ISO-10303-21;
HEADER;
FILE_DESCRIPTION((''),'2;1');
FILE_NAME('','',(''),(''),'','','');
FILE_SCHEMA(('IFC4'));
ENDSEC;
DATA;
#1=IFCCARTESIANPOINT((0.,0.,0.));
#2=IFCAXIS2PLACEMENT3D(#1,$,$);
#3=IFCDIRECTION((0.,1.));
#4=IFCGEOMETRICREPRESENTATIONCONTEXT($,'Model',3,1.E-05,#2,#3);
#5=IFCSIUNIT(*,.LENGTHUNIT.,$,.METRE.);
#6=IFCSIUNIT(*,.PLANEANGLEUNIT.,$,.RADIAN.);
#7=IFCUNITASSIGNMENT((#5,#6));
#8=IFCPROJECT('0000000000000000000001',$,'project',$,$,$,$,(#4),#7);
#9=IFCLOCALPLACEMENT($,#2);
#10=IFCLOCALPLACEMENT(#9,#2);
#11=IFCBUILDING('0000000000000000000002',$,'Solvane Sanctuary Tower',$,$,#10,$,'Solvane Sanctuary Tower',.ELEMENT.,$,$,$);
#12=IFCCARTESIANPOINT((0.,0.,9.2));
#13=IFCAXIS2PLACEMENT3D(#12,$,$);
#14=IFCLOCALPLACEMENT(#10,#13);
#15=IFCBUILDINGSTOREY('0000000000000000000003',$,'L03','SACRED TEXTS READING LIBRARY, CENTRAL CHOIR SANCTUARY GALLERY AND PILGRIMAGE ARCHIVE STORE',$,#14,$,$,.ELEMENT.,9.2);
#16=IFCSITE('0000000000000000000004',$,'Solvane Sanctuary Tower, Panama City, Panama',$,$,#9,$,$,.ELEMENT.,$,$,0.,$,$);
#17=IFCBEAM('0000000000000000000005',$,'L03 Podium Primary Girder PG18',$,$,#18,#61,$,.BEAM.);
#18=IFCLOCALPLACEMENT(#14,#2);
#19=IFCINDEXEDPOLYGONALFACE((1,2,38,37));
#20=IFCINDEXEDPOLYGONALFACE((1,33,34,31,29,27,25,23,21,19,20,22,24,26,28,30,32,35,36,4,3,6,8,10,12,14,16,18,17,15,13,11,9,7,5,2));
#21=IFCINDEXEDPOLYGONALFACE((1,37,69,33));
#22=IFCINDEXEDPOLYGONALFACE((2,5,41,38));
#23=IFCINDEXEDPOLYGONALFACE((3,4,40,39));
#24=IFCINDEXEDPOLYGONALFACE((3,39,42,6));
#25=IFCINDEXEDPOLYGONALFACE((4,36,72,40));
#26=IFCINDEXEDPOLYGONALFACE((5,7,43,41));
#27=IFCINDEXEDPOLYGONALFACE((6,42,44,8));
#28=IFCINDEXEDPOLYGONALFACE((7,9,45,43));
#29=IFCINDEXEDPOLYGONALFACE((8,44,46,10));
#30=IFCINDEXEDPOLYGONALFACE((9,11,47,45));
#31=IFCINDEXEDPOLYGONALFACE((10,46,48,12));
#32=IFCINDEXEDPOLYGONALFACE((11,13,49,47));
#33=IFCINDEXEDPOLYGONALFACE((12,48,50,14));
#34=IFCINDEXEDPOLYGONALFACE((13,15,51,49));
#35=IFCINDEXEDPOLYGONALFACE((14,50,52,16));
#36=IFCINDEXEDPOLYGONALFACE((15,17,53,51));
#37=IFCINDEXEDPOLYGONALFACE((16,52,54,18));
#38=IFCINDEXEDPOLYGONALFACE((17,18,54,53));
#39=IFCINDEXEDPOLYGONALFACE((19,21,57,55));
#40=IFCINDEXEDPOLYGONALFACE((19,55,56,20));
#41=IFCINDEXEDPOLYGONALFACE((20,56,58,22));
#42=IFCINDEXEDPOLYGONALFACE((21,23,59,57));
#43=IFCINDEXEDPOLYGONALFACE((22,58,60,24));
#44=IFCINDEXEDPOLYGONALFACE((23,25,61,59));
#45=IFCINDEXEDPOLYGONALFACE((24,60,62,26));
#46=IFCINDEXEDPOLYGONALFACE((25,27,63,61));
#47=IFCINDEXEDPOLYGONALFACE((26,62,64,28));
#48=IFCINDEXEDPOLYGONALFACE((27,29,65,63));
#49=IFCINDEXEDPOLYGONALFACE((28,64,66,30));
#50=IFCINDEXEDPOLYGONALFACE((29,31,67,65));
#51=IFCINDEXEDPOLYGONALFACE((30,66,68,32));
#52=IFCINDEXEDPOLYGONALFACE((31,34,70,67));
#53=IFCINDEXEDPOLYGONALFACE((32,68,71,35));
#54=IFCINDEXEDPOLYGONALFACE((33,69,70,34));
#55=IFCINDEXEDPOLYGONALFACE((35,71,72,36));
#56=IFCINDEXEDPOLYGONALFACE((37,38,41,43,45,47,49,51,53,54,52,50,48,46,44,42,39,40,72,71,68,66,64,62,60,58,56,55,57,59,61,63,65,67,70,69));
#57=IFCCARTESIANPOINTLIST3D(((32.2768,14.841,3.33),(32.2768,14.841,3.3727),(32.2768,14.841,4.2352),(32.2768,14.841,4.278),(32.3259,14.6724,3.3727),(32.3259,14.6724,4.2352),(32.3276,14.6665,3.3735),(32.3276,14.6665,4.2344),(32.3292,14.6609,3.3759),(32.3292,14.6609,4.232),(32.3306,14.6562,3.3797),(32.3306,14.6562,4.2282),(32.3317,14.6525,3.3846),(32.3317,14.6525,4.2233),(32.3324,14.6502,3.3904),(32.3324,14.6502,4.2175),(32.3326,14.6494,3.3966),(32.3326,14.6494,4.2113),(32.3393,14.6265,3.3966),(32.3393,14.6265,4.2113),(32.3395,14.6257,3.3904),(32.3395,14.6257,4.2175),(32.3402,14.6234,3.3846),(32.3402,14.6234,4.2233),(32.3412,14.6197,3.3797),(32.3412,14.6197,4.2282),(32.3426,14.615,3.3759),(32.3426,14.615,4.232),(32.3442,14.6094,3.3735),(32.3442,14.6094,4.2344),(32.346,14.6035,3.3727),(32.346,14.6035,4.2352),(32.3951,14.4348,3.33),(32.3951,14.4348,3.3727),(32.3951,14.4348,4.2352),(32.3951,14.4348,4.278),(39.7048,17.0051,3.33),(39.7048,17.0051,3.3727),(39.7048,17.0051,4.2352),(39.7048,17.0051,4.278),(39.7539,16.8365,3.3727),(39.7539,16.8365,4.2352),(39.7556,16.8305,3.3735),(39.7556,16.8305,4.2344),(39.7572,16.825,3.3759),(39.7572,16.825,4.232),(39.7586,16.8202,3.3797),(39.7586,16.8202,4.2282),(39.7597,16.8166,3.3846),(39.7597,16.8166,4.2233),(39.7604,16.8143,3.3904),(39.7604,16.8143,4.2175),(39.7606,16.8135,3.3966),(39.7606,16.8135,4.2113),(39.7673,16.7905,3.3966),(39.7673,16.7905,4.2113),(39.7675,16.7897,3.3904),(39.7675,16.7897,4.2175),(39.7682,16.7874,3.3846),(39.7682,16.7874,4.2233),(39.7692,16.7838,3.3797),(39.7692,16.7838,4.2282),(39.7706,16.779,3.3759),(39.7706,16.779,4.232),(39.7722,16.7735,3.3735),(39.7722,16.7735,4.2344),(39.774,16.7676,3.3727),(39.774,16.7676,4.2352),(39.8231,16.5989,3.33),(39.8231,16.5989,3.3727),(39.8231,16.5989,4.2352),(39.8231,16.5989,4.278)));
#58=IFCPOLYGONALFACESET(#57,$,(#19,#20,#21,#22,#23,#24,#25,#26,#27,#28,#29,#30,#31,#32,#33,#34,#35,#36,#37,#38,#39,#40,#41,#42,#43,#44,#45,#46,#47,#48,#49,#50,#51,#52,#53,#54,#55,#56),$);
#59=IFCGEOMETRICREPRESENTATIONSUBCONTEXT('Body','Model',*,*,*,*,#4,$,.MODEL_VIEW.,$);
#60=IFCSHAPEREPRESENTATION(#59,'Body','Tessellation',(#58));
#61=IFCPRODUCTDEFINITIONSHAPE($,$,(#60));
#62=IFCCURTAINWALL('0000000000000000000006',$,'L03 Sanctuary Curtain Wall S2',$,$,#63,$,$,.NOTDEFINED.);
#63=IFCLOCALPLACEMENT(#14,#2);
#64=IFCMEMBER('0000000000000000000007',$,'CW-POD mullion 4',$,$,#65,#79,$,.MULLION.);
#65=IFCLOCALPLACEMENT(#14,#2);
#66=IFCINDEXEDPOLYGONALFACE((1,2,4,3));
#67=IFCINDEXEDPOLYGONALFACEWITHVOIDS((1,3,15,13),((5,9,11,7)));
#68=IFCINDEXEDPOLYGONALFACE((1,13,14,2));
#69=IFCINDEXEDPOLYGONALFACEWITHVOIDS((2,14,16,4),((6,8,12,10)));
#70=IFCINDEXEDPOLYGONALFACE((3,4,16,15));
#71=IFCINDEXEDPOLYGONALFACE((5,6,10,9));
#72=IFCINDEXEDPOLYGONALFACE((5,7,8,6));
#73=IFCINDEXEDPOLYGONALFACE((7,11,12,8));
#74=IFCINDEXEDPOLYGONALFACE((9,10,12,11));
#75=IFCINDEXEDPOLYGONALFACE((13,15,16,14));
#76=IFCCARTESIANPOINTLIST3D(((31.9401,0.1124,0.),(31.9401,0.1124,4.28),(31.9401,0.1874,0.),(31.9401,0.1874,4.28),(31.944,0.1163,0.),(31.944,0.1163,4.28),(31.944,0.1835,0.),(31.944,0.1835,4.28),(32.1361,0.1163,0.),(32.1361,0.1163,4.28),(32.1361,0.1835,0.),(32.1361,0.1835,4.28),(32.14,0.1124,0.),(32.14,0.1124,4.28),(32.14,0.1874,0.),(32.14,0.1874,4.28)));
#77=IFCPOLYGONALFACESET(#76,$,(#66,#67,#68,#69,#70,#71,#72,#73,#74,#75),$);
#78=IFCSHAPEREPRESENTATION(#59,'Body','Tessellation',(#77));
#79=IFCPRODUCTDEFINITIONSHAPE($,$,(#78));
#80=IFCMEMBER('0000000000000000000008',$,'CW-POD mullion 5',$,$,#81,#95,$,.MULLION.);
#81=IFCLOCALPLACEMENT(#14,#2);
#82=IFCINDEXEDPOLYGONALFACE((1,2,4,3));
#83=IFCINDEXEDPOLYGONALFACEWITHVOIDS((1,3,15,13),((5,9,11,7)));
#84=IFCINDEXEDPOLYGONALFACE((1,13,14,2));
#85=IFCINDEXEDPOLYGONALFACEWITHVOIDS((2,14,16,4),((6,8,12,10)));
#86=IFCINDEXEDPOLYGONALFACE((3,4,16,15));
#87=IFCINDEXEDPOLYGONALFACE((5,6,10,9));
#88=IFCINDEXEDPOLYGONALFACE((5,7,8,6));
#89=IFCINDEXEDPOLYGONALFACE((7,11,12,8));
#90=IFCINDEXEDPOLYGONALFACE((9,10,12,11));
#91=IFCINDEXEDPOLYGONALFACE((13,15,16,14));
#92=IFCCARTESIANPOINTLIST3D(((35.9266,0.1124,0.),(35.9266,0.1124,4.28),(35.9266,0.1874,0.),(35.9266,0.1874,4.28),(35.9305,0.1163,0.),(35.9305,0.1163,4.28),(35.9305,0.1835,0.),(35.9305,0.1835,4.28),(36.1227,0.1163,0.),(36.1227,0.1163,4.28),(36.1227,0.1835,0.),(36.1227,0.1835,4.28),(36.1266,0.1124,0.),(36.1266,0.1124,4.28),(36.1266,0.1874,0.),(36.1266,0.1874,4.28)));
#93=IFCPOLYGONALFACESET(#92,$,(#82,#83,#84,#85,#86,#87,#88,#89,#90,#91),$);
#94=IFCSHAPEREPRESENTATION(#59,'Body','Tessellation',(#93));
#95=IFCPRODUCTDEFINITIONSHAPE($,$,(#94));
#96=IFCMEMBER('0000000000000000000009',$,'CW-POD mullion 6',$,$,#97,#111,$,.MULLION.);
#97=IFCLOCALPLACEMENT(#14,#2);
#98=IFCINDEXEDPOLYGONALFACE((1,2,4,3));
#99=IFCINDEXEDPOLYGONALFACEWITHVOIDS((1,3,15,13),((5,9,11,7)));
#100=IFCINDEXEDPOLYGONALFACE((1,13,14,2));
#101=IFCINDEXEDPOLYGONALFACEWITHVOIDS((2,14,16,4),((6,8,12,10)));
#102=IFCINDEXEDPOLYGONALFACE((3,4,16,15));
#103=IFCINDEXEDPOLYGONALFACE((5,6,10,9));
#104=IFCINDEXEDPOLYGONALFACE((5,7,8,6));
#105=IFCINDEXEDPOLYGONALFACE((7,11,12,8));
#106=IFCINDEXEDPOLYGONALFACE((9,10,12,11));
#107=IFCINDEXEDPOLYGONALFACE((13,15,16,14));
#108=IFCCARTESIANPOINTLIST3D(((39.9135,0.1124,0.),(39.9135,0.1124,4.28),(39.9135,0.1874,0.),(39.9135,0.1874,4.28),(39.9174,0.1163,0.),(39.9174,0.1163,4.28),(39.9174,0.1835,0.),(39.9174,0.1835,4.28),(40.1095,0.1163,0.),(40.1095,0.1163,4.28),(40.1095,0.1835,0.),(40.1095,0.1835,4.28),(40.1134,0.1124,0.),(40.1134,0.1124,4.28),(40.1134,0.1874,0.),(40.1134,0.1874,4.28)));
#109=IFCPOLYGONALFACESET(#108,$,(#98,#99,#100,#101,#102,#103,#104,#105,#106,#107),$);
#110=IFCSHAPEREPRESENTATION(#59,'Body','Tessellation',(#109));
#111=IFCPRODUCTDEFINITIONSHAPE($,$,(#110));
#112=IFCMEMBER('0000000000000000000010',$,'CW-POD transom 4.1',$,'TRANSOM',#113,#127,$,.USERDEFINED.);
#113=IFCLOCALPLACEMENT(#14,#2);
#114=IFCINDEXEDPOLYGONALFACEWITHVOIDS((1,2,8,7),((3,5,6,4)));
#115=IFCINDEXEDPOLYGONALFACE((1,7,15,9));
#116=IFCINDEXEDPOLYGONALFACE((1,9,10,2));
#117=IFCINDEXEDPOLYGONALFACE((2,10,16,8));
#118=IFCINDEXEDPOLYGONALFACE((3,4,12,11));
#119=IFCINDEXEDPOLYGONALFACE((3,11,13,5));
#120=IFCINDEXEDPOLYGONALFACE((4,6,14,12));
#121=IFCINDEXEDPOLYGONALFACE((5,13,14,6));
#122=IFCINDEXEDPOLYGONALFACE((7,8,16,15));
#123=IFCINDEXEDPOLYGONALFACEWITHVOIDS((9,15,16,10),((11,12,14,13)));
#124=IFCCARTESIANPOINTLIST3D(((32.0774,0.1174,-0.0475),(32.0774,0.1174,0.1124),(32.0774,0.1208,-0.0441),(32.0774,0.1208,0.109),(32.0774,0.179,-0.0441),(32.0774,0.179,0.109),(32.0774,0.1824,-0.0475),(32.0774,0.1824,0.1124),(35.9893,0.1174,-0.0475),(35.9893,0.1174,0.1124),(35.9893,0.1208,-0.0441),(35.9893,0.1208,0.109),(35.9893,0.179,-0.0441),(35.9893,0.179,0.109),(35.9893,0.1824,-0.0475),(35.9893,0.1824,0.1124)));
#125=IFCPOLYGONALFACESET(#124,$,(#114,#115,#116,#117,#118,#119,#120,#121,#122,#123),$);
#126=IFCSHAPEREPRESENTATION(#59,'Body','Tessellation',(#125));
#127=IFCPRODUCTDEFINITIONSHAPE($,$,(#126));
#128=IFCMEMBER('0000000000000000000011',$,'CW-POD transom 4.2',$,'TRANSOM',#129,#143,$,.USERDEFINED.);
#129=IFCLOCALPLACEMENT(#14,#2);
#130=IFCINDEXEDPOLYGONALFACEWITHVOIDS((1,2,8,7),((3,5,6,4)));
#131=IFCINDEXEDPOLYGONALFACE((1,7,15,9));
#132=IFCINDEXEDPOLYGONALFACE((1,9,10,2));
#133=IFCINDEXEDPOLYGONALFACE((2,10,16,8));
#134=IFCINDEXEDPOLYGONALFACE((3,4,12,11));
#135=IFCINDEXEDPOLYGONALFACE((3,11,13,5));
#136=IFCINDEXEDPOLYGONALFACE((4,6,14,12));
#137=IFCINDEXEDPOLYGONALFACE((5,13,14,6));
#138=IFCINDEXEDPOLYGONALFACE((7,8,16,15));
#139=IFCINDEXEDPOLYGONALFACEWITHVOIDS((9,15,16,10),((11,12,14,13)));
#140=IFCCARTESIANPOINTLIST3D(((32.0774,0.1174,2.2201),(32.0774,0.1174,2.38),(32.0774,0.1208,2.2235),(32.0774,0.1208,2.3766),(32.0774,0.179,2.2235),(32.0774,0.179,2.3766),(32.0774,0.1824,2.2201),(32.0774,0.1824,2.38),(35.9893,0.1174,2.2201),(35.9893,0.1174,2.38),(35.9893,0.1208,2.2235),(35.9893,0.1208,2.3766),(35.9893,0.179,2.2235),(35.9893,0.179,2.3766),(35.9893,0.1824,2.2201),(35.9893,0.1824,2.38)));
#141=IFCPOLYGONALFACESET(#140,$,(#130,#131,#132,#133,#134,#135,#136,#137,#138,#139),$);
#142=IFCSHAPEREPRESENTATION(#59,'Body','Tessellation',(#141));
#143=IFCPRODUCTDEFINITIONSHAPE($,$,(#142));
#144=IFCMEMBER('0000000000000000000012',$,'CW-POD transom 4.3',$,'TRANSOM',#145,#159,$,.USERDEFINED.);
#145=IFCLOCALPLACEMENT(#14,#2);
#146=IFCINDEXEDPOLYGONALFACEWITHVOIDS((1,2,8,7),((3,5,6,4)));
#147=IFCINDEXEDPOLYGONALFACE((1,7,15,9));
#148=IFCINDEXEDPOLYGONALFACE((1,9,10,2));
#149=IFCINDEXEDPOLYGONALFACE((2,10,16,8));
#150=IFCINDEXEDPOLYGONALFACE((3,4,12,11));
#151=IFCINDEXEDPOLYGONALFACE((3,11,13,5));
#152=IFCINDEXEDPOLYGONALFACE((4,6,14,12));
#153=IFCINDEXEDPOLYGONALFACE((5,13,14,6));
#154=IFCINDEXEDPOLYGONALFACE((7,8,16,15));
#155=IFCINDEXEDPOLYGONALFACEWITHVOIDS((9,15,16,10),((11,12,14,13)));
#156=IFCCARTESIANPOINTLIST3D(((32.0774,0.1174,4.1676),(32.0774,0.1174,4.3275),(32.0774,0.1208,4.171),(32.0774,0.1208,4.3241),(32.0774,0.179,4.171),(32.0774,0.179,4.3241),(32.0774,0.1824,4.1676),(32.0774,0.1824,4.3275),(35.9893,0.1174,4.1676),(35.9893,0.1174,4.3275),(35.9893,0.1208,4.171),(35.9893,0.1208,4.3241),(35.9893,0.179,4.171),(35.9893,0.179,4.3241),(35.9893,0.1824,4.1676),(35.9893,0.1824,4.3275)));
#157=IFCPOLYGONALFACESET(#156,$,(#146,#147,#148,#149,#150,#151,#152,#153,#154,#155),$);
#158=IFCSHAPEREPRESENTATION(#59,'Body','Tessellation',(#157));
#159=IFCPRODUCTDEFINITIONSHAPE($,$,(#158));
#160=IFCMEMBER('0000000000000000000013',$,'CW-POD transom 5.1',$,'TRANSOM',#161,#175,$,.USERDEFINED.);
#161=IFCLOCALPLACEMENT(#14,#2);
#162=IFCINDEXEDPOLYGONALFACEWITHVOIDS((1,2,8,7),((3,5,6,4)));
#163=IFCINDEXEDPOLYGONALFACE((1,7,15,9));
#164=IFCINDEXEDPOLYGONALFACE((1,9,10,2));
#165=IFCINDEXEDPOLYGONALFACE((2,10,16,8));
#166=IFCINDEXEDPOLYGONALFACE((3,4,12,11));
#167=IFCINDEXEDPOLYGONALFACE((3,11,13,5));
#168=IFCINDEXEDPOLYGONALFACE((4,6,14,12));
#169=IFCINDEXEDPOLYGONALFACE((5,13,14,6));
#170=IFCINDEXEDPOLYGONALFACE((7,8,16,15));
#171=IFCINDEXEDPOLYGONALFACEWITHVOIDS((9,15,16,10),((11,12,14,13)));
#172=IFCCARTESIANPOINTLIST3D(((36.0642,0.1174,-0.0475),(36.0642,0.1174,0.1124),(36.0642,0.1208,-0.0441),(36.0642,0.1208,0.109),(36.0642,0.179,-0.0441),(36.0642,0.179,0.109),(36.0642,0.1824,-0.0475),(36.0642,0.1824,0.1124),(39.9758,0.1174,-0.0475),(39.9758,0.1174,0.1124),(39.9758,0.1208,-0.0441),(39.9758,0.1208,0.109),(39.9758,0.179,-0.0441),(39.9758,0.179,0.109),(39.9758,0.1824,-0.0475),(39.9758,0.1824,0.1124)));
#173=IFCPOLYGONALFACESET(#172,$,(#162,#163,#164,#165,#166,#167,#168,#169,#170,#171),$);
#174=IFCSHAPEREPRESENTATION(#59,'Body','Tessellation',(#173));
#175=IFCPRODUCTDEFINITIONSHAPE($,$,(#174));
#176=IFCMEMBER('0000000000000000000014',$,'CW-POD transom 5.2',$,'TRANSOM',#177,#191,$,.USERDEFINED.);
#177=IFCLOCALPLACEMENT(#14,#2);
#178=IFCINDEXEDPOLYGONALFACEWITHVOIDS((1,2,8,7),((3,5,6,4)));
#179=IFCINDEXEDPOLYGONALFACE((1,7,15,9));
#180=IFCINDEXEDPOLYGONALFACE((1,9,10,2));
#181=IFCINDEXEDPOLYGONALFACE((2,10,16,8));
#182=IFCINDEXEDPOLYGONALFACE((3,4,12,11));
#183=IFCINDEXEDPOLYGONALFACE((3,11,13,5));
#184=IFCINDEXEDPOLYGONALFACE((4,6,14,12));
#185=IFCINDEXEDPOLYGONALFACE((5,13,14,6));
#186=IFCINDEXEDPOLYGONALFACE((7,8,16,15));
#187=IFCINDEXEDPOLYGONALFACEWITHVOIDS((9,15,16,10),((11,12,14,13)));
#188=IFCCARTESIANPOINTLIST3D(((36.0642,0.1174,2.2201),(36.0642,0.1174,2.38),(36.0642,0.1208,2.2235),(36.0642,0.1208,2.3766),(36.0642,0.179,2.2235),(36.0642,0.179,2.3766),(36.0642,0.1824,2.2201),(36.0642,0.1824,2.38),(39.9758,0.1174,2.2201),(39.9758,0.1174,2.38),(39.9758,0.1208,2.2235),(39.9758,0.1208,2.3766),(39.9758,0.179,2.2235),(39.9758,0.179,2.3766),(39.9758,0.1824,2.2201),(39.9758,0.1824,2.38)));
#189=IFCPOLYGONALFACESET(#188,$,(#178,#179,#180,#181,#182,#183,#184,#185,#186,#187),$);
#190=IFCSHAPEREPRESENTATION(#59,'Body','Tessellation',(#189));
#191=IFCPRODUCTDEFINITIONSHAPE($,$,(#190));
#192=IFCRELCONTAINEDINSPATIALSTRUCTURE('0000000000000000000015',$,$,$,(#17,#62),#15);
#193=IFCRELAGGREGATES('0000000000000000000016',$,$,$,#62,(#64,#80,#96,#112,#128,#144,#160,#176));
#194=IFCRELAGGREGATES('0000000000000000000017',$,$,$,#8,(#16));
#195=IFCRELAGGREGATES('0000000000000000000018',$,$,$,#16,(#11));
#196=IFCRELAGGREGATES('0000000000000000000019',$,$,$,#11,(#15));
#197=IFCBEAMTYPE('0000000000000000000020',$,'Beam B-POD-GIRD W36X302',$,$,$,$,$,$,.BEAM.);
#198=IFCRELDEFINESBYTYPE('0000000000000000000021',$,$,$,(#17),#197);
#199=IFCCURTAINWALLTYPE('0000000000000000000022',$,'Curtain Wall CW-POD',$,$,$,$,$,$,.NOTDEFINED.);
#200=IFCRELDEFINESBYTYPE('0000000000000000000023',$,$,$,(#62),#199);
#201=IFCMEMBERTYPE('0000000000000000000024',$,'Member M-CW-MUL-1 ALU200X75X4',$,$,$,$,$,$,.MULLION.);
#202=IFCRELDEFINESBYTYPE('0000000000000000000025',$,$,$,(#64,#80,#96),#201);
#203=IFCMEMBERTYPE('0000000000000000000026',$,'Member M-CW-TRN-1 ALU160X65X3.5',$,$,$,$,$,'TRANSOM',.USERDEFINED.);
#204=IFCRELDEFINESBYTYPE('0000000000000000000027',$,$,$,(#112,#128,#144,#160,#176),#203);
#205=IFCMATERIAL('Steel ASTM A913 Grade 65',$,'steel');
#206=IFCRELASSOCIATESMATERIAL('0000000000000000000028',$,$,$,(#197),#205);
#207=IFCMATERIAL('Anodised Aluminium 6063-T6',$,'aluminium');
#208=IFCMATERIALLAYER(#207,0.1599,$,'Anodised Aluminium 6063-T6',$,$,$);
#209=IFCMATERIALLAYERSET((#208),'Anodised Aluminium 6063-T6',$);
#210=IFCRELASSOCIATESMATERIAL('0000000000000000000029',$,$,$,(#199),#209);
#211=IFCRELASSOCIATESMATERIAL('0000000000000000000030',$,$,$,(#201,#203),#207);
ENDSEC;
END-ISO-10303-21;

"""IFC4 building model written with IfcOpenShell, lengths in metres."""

from ifc_helpers import new_model, si_unit, direction, frame, origin, origin_2d, place, context, subcontext, project, spatial, hollow_rectangle, i_section, extrude, material, layer, layer_set, material_profile, profile_set, type_object, element, aggregate, save


model = new_model("IFC4")

# Units and contexts
model_context = context("Model", 3, precision=1e-05, world=origin(), true_north=direction((0.0, 1.0)))
body_context = subcontext(model_context, "Body", "Model", "MODEL_VIEW")
ifc_project = project(units=[si_unit("LENGTHUNIT", "METRE"), si_unit("PLANEANGLEUNIT", "RADIAN")], contexts=[model_context])

# Site, building, storey
site_placement = place(None, origin())
site = spatial("IfcSite", under=ifc_project, at=site_placement, Name="Solvane Sanctuary Tower, Panama City, Panama", CompositionType="ELEMENT", RefElevation=0.0)
building_placement = place(site_placement, origin())
building = spatial("IfcBuilding", under=site, at=building_placement, Name="Solvane Sanctuary Tower", LongName="Solvane Sanctuary Tower", CompositionType="ELEMENT")
storey_placement = place(building_placement, frame((0.0, 0.0, 9.2)))
storey = spatial("IfcBuildingStorey", under=building, at=storey_placement, Name="L03", Description="SACRED TEXTS READING LIBRARY, CENTRAL CHOIR SANCTUARY GALLERY AND PILGRIMAGE ARCHIVE STORE", CompositionType="ELEMENT", Elevation=9.2)

# Beam
ifc_material_1 = material(Name="Steel ASTM A913 Grade 65", Category="steel")
ifc_material_profile_1 = material_profile(ifc_material_1, i_section(OverallWidth=0.4231, OverallDepth=0.948, WebThickness=0.0239, FlangeThickness=0.0427, FilletRadius=0.0239, at=origin_2d()), Name="W36X302")
ifc_profile_set_1 = profile_set([ifc_material_profile_1], Name="Steel ASTM A913 Grade 65")
beam_type_1 = type_object("IfcBeamType", Name="Beam B-POD-GIRD W36X302", PredefinedType="BEAM", material=ifc_profile_set_1)
beam_1_placement = place(storey_placement, frame((32.3359, 14.6379, 3.804), z_axis=(0.960084, 0.27971, 0.0), x_axis=(-0.27971, 0.960084, 0.0)))
element("IfcBeam", 1, at=beam_1_placement, inside=storey, type_object=beam_type_1, Name="L03 Podium Primary Girder PG18", PredefinedType="BEAM", context=body_context, shape_type="SweptSolid", body=[
    extrude(i_section(OverallWidth=0.4231, OverallDepth=0.948, WebThickness=0.0239, FlangeThickness=0.0427, FilletRadius=0.0239, at=origin_2d()), origin(), (0.0, 0.0, 1.0), 7.7368),
])

# Curtain wall, members
ifc_material_2 = material(Name="Anodised Aluminium 6063-T6", Category="aluminium")
ifc_layer_1 = layer(ifc_material_2, 0.1599, Name="Anodised Aluminium 6063-T6")
ifc_layer_set_1 = layer_set([ifc_layer_1], Name="Anodised Aluminium 6063-T6")
curtain_wall_type = type_object("IfcCurtainWallType", Name="Curtain Wall CW-POD", PredefinedType="NOTDEFINED", material=ifc_layer_set_1)
curtain_wall_placement = place(storey_placement, origin())
curtain_wall = element("IfcCurtainWall", 2, at=curtain_wall_placement, inside=storey, type_object=curtain_wall_type, Name="L03 Sanctuary Curtain Wall S2", PredefinedType="NOTDEFINED")
ifc_material_profile_2 = material_profile(ifc_material_2, hollow_rectangle(XDim=0.075, YDim=0.2, WallThickness=0.0039, at=origin_2d()), Name="ALU200X75X4")
ifc_profile_set_2 = profile_set([ifc_material_profile_2], Name="Anodised Aluminium 6063-T6")
member_type_1 = type_object("IfcMemberType", Name="Member M-CW-MUL-1 ALU200X75X4", PredefinedType="MULLION", material=ifc_profile_set_2)
member_1_placement = place(storey_placement, frame((32.04, 0.1499, 0.0), z_axis=(0.0, 0.0, 1.0), x_axis=(0.0, 1.0, 0.0)))
member_1 = element("IfcMember", 3, at=member_1_placement, type_object=member_type_1, Name="CW-POD mullion 4", PredefinedType="MULLION", context=body_context, shape_type="SweptSolid", body=[
    extrude(hollow_rectangle(XDim=0.075, YDim=0.2, WallThickness=0.0039, at=origin_2d()), origin(), (0.0, 0.0, 1.0), 4.28),
])
member_2_placement = place(storey_placement, frame((36.0266, 0.1499, 0.0), z_axis=(0.0, 0.0, 1.0), x_axis=(0.0, 1.0, 0.0)))
member_2 = element("IfcMember", 4, at=member_2_placement, type_object=member_type_1, Name="CW-POD mullion 5", PredefinedType="MULLION", context=body_context, shape_type="SweptSolid", body=[
    extrude(hollow_rectangle(XDim=0.075, YDim=0.2, WallThickness=0.0039, at=origin_2d()), origin(), (0.0, 0.0, 1.0), 4.28),
])
member_3_placement = place(storey_placement, frame((40.0134, 0.1499, 0.0), z_axis=(0.0, 0.0, 1.0), x_axis=(0.0, 1.0, 0.0)))
member_3 = element("IfcMember", 5, at=member_3_placement, type_object=member_type_1, Name="CW-POD mullion 6", PredefinedType="MULLION", context=body_context, shape_type="SweptSolid", body=[
    extrude(hollow_rectangle(XDim=0.075, YDim=0.2, WallThickness=0.0039, at=origin_2d()), origin(), (0.0, 0.0, 1.0), 4.28),
])
ifc_material_profile_3 = material_profile(ifc_material_2, hollow_rectangle(XDim=0.0649, YDim=0.1599, WallThickness=0.0034, at=origin_2d()), Name="ALU160X65X3.5")
ifc_profile_set_3 = profile_set([ifc_material_profile_3], Name="Anodised Aluminium 6063-T6")
member_type_2 = type_object("IfcMemberType", Name="Member M-CW-TRN-1 ALU160X65X3.5", ElementType="TRANSOM", PredefinedType="USERDEFINED", material=ifc_profile_set_3)
member_4_placement = place(storey_placement, frame((32.0774, 0.1499, 0.0325), z_axis=(1.0, 0.0, 0.0), x_axis=(0.0, 1.0, 0.0)))
member_4 = element("IfcMember", 6, at=member_4_placement, type_object=member_type_2, Name="CW-POD transom 4.1", ObjectType="TRANSOM", PredefinedType="USERDEFINED", context=body_context, shape_type="SweptSolid", body=[
    extrude(hollow_rectangle(XDim=0.0649, YDim=0.1599, WallThickness=0.0034, at=origin_2d()), origin(), (0.0, 0.0, 1.0), 3.9119),
])
member_5_placement = place(storey_placement, frame((32.0774, 0.1499, 2.3), z_axis=(1.0, 0.0, 0.0), x_axis=(0.0, 1.0, 0.0)))
member_5 = element("IfcMember", 7, at=member_5_placement, type_object=member_type_2, Name="CW-POD transom 4.2", ObjectType="TRANSOM", PredefinedType="USERDEFINED", context=body_context, shape_type="SweptSolid", body=[
    extrude(hollow_rectangle(XDim=0.0649, YDim=0.1599, WallThickness=0.0034, at=origin_2d()), origin(), (0.0, 0.0, 1.0), 3.9119),
])
member_6_placement = place(storey_placement, frame((32.0774, 0.1499, 4.2476), z_axis=(1.0, 0.0, 0.0), x_axis=(0.0, 1.0, 0.0)))
member_6 = element("IfcMember", 8, at=member_6_placement, type_object=member_type_2, Name="CW-POD transom 4.3", ObjectType="TRANSOM", PredefinedType="USERDEFINED", context=body_context, shape_type="SweptSolid", body=[
    extrude(hollow_rectangle(XDim=0.0649, YDim=0.1599, WallThickness=0.0034, at=origin_2d()), origin(), (0.0, 0.0, 1.0), 3.9119),
])
member_7_placement = place(storey_placement, frame((36.0642, 0.1499, 0.0325), z_axis=(1.0, 0.0, 0.0), x_axis=(0.0, 1.0, 0.0)))
member_7 = element("IfcMember", 9, at=member_7_placement, type_object=member_type_2, Name="CW-POD transom 5.1", ObjectType="TRANSOM", PredefinedType="USERDEFINED", context=body_context, shape_type="SweptSolid", body=[
    extrude(hollow_rectangle(XDim=0.0649, YDim=0.1599, WallThickness=0.0034, at=origin_2d()), origin(), (0.0, 0.0, 1.0), 3.9116),
])
member_8_placement = place(storey_placement, frame((36.0642, 0.1499, 2.3), z_axis=(1.0, 0.0, 0.0), x_axis=(0.0, 1.0, 0.0)))
member_8 = element("IfcMember", 10, at=member_8_placement, type_object=member_type_2, Name="CW-POD transom 5.2", ObjectType="TRANSOM", PredefinedType="USERDEFINED", context=body_context, shape_type="SweptSolid", body=[
    extrude(hollow_rectangle(XDim=0.0649, YDim=0.1599, WallThickness=0.0034, at=origin_2d()), origin(), (0.0, 0.0, 1.0), 3.9116),
])
aggregate(curtain_wall, [member_1, member_2, member_3, member_4, member_5, member_6, member_7, member_8])

save(model, "model.ifc")
